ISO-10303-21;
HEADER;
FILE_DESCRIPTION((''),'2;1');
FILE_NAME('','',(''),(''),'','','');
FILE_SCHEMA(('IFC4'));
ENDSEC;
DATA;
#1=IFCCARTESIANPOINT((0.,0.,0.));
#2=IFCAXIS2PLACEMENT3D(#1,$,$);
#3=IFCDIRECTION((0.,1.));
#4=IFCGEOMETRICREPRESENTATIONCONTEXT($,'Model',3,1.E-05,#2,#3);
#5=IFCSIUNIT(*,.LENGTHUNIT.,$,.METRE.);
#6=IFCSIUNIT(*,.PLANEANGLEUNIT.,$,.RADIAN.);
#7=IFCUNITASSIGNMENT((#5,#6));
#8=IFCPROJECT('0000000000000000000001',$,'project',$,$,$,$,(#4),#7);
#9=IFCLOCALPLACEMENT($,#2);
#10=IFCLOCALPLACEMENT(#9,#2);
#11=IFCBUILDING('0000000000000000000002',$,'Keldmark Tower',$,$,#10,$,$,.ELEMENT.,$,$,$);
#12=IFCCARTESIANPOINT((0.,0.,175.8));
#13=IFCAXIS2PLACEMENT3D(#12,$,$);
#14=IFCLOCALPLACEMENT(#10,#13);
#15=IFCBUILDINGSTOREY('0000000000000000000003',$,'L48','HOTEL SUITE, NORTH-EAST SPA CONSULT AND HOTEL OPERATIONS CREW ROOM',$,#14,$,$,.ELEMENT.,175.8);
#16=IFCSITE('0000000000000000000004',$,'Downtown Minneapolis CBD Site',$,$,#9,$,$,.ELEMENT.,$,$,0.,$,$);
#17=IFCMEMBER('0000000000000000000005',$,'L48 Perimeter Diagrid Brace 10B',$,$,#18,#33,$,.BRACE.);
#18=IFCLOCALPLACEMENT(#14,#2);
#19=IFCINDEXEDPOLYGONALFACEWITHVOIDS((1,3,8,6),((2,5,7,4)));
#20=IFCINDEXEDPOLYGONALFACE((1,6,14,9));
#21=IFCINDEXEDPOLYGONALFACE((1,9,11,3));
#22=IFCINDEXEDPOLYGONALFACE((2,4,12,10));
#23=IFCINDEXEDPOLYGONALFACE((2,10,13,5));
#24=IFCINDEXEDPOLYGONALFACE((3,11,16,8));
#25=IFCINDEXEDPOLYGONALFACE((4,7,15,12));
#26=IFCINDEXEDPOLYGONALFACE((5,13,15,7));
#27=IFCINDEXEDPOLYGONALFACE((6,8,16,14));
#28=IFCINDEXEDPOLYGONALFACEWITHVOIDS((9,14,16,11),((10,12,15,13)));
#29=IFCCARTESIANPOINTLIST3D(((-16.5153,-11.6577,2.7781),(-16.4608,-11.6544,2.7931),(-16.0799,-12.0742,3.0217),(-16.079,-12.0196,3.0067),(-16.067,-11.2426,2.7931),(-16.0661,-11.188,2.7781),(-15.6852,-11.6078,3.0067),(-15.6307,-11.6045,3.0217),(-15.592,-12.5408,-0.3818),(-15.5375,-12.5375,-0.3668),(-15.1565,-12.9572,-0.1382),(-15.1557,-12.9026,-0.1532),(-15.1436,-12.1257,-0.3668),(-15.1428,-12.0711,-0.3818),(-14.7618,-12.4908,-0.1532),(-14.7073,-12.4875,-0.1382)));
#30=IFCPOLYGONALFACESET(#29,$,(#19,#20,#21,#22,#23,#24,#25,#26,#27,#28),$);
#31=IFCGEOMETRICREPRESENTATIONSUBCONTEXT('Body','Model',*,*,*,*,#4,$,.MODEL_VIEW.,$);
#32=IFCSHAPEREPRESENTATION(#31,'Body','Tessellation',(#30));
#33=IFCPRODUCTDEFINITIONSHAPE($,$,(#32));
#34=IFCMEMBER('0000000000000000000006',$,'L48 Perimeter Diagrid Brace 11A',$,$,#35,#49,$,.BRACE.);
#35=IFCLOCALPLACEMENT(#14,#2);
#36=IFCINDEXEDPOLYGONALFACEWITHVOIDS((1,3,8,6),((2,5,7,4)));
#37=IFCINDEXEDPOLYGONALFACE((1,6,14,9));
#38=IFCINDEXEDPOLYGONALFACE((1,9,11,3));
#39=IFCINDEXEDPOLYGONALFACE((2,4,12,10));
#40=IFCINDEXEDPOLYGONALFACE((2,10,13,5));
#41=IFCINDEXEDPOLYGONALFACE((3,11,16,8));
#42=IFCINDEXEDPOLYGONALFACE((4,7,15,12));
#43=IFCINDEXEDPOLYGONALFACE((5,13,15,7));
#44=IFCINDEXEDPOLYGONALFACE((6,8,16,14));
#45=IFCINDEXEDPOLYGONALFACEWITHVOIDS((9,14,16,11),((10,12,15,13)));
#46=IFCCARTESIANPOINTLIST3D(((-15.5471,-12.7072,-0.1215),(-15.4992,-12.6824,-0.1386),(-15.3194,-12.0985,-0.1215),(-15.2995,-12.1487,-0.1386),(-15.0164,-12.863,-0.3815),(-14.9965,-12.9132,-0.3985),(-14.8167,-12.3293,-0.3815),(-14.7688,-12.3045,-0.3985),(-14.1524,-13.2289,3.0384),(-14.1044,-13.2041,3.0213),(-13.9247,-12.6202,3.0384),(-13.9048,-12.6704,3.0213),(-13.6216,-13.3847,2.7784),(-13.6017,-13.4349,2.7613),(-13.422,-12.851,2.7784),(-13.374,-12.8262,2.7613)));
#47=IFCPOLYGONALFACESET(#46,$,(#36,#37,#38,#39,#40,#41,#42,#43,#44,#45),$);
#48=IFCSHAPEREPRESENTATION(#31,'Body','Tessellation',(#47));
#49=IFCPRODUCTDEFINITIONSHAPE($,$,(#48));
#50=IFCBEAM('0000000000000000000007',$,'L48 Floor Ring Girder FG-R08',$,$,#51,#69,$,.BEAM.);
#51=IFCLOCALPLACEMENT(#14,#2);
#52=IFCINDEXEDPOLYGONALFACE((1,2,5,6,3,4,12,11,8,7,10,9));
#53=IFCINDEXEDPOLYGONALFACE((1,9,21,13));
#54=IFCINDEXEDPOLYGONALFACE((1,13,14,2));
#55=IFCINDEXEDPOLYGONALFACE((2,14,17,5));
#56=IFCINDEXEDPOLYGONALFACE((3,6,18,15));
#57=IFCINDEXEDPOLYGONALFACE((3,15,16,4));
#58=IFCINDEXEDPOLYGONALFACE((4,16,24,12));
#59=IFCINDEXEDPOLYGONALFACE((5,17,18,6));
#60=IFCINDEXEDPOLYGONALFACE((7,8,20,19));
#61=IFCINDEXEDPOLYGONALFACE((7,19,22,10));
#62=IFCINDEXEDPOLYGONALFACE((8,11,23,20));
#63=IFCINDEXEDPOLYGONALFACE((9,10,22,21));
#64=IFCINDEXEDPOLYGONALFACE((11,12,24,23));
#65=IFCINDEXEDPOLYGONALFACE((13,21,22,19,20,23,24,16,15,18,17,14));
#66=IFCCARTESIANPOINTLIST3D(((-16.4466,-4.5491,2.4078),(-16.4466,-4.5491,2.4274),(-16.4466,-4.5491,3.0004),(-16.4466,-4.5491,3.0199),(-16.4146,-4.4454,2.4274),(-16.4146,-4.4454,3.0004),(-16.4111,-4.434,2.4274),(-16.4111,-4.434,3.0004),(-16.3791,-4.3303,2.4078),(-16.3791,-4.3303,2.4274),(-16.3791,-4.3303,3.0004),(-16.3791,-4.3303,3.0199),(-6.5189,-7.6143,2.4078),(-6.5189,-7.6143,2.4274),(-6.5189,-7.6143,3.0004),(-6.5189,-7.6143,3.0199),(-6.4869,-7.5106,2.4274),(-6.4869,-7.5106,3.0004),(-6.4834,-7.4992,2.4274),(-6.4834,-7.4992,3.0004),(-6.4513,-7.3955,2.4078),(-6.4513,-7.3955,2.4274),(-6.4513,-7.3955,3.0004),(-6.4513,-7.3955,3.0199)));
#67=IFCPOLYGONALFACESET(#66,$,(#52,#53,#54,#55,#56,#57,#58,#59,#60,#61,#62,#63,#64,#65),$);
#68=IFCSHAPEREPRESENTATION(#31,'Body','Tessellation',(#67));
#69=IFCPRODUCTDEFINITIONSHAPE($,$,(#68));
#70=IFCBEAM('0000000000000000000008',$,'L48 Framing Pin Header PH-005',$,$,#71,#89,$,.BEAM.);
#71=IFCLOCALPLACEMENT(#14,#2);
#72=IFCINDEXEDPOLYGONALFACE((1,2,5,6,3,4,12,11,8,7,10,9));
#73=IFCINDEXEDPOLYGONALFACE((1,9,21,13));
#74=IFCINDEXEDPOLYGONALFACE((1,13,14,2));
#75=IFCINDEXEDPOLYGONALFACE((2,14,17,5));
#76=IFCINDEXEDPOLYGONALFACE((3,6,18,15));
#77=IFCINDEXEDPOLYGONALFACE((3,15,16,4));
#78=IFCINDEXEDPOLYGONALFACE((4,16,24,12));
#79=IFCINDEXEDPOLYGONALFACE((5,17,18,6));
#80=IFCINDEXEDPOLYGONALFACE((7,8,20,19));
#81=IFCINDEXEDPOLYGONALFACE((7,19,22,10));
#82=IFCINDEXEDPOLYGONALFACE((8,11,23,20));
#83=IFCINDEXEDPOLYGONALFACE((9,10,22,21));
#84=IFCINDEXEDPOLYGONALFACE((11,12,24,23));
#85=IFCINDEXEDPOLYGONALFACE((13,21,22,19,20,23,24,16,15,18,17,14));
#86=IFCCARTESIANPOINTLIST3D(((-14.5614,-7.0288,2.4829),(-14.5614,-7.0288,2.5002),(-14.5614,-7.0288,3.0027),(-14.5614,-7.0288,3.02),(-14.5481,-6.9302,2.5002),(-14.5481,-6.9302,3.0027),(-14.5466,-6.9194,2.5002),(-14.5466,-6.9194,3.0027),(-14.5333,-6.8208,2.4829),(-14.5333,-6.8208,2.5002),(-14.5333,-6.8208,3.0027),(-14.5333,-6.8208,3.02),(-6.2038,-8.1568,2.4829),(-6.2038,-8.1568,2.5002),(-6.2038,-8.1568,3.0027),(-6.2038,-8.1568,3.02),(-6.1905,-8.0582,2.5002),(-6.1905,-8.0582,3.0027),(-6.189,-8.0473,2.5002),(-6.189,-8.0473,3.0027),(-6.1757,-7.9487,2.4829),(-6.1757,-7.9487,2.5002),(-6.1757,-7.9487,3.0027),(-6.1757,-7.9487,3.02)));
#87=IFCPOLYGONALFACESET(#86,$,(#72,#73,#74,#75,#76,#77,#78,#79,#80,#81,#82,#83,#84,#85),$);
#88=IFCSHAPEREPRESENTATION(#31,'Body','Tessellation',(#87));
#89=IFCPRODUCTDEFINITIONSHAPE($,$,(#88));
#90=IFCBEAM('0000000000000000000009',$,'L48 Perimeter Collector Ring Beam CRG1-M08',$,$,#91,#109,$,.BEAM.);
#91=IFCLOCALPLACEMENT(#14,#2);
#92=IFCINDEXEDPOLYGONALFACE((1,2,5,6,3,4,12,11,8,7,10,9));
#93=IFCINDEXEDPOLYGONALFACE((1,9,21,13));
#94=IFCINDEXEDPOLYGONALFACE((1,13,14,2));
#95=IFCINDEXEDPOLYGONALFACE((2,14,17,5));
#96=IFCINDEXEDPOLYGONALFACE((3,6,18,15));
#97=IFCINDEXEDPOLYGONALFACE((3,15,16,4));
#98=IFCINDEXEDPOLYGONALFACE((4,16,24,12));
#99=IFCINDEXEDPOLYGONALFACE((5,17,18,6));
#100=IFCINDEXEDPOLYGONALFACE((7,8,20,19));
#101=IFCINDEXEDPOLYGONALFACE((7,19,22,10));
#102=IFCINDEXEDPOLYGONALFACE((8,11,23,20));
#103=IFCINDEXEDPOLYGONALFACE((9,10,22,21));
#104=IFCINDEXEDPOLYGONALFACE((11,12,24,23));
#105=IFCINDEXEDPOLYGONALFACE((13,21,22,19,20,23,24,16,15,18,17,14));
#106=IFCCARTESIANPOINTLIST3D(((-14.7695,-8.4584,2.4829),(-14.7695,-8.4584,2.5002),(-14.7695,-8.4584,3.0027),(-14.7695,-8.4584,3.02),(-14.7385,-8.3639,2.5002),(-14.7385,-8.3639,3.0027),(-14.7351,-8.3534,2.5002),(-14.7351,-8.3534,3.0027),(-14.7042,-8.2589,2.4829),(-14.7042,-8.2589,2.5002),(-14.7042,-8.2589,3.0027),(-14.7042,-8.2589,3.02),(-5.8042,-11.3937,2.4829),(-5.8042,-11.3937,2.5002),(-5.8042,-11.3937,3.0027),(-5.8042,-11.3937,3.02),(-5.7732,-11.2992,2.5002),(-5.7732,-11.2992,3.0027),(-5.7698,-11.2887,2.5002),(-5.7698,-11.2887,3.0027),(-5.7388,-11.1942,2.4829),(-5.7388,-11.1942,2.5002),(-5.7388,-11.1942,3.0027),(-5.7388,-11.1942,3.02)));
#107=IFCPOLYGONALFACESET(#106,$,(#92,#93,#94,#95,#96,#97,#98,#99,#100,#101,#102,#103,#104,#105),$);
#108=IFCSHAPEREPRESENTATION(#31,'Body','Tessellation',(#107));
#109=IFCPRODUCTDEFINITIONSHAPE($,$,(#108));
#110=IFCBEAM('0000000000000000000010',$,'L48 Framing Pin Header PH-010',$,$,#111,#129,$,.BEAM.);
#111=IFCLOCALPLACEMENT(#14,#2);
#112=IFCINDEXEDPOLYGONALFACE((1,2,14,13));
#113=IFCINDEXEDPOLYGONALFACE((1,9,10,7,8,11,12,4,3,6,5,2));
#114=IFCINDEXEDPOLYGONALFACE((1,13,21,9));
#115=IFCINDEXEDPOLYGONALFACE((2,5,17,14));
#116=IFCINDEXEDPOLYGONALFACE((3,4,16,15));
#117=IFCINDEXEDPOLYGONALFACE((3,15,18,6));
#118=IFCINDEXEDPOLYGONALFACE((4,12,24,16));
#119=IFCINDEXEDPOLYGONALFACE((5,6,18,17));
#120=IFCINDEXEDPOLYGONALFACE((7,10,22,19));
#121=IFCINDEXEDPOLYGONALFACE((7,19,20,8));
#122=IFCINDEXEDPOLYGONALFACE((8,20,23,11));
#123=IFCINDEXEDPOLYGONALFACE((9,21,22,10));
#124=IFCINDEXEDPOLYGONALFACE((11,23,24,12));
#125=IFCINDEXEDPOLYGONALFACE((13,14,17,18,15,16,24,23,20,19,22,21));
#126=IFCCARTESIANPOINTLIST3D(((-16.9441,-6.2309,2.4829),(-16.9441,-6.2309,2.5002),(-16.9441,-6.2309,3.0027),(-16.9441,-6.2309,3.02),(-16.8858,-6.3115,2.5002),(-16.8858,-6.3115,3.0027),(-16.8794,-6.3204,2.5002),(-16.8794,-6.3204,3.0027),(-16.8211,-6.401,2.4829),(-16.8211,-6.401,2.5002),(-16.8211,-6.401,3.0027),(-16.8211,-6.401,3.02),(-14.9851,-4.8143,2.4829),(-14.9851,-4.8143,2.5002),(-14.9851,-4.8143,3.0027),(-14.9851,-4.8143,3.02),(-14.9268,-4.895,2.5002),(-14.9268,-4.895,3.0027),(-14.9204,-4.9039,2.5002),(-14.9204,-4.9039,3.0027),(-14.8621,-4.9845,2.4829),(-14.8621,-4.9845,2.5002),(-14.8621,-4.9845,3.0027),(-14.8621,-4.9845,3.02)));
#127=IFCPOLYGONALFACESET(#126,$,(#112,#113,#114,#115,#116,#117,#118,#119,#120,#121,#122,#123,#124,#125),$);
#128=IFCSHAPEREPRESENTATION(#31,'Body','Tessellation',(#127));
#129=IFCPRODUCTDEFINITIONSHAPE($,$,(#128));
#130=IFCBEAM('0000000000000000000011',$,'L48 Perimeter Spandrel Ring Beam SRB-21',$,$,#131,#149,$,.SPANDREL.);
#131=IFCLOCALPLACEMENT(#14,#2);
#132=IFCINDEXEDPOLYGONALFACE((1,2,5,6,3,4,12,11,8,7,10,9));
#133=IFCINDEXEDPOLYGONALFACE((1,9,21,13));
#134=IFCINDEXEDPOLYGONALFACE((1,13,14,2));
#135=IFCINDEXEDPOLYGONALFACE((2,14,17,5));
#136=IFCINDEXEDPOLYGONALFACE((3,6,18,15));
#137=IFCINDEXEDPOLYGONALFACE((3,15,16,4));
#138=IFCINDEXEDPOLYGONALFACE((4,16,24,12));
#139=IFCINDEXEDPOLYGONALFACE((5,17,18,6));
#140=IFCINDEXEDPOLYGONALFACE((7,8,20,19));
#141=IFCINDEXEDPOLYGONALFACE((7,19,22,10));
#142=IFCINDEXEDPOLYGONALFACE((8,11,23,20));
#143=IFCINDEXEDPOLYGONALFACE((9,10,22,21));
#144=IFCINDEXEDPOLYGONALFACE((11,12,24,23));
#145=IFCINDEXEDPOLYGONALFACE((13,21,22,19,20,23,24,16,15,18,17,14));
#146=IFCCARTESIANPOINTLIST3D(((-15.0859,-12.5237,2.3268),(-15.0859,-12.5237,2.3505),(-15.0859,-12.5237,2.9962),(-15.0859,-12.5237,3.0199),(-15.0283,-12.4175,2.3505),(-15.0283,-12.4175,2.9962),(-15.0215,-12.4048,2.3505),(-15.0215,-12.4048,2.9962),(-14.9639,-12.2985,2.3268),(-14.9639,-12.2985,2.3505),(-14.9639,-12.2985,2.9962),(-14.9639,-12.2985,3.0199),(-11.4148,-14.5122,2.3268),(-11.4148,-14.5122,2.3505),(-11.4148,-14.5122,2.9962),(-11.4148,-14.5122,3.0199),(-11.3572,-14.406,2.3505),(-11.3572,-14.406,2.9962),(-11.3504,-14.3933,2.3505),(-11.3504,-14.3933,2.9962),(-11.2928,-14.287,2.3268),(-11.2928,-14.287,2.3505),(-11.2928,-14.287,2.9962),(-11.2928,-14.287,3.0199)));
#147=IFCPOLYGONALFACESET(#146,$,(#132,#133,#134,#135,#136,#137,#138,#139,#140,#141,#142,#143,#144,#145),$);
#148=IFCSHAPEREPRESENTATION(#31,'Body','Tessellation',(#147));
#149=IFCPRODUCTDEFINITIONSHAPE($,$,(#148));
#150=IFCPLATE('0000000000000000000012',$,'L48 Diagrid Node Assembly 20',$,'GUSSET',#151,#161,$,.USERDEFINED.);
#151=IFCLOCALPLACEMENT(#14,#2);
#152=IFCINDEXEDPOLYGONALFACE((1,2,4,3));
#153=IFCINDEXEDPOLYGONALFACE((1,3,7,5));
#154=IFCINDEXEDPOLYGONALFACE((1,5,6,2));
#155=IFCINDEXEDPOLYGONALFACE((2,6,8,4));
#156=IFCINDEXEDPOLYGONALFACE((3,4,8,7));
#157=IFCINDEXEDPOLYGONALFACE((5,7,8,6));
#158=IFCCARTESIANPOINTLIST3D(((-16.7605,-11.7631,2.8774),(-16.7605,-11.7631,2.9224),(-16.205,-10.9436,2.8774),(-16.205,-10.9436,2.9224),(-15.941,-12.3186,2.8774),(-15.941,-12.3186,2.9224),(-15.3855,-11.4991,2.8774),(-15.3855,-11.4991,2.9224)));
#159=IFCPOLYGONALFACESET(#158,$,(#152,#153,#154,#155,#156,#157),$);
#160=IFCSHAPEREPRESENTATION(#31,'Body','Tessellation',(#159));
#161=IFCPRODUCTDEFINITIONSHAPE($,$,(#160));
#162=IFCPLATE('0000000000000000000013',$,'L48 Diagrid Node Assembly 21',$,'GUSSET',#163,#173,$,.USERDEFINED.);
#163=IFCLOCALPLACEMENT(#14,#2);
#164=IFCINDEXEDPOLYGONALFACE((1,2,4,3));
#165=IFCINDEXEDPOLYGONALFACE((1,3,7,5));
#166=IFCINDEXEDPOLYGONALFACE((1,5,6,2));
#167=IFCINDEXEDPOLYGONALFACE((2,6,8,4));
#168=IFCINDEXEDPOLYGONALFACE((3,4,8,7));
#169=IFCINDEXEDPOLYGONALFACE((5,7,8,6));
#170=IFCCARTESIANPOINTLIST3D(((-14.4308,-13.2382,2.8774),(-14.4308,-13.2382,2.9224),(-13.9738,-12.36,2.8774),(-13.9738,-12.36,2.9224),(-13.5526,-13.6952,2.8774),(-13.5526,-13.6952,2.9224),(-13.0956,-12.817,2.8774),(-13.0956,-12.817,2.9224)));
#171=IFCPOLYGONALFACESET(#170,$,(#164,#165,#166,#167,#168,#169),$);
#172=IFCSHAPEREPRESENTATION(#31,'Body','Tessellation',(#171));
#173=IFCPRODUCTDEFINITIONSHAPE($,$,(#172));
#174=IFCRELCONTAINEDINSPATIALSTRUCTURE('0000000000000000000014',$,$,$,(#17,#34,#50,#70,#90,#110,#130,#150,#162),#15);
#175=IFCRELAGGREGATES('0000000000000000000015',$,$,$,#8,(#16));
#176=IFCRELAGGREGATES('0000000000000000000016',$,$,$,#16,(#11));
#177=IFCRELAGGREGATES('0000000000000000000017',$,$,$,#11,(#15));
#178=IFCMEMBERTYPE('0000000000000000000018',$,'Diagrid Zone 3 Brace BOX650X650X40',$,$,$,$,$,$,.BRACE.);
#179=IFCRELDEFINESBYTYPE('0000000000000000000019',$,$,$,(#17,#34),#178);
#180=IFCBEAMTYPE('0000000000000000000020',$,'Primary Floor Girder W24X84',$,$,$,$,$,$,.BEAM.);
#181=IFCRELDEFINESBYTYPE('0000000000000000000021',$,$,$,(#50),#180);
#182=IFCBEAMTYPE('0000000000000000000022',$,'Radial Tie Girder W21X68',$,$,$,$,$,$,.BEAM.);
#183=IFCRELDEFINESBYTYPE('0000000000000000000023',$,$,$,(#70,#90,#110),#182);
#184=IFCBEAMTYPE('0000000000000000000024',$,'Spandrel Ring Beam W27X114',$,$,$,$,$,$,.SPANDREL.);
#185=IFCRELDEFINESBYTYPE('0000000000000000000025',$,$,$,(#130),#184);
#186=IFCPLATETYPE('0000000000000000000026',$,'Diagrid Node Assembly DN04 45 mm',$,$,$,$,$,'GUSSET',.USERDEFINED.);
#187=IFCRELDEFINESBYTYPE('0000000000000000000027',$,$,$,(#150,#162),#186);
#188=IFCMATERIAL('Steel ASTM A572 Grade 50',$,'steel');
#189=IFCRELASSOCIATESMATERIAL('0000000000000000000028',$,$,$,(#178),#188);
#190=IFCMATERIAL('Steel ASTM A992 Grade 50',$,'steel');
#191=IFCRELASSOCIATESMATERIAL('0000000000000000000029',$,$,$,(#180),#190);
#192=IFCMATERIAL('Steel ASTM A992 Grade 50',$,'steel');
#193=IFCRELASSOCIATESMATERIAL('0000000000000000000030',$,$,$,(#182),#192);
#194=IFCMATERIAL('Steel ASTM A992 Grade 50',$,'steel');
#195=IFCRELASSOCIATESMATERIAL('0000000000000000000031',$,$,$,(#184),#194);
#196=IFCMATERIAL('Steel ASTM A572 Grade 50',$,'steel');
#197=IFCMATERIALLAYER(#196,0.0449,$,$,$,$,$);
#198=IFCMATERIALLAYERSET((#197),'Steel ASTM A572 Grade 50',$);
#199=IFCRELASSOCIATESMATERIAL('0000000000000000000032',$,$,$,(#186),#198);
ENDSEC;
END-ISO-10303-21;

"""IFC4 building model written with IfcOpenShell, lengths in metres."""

from ifc_helpers import new_model, si_unit, direction, frame, origin, origin_2d, place, context, subcontext, project, spatial, rectangle, hollow_rectangle, i_section, extrude, material, layer, layer_set, material_profile, profile_set, type_object, element, save


model = new_model("IFC4")

# Units and contexts
model_context = context("Model", 3, precision=1e-05, world=origin(), true_north=direction((0.0, 1.0)))
body_context = subcontext(model_context, "Body", "Model", "MODEL_VIEW")
ifc_project = project(units=[si_unit("LENGTHUNIT", "METRE"), si_unit("PLANEANGLEUNIT", "RADIAN")], contexts=[model_context])

# Site, building, storey
site_placement = place(None, origin())
site = spatial("IfcSite", under=ifc_project, at=site_placement, Name="Downtown Minneapolis CBD Site", CompositionType="ELEMENT", RefElevation=0.0)
building_placement = place(site_placement, origin())
building = spatial("IfcBuilding", under=site, at=building_placement, Name="Keldmark Tower", CompositionType="ELEMENT")
storey_placement = place(building_placement, frame((0.0, 0.0, 175.8)))
storey = spatial("IfcBuildingStorey", under=building, at=storey_placement, Name="L48", Description="HOTEL SUITE, NORTH-EAST SPA CONSULT AND HOTEL OPERATIONS CREW ROOM", CompositionType="ELEMENT", Elevation=175.8)

# Members
ifc_material_1 = material(Name="Steel ASTM A572 Grade 50", Category="steel")
ifc_material_profile_1 = material_profile(ifc_material_1, hollow_rectangle(XDim=0.6499, YDim=0.6499, WallThickness=0.04, at=origin_2d()), Name="BOX650X650X40")
ifc_profile_set_1 = profile_set([ifc_material_profile_1], Name="Steel ASTM A572 Grade 50")
member_type = type_object("IfcMemberType", Name="Diagrid Zone 3 Brace BOX650X650X40", PredefinedType="BRACE", material=ifc_profile_set_1)
member_1_placement = place(storey_placement, frame((-15.1497, -12.5142, -0.26), z_axis=(-0.270899, 0.25908, 0.927087), x_axis=(-0.691166, -0.722696, 0.0)))
element("IfcMember", 1, at=member_1_placement, inside=storey, type_object=member_type, Name="L48 Perimeter Diagrid Brace 10B", PredefinedType="BRACE", context=body_context, shape_type="SweptSolid", body=[
    extrude(hollow_rectangle(XDim=0.6499, YDim=0.6499, WallThickness=0.04, at=origin_2d()), origin(), (0.0, 0.0, 1.0), 3.4084),
])
member_2_placement = place(storey_placement, frame((-15.158, -12.5059, -0.26), z_axis=(0.39928, -0.149354, 0.904582), x_axis=(0.350351, 0.936619, 0.0)))
element("IfcMember", 2, at=member_2_placement, inside=storey, type_object=member_type, Name="L48 Perimeter Diagrid Brace 11A", PredefinedType="BRACE", context=body_context, shape_type="SweptSolid", body=[
    extrude(hollow_rectangle(XDim=0.6499, YDim=0.6499, WallThickness=0.04, at=origin_2d()), origin(), (0.0, 0.0, 1.0), 3.4932),
])

# Beams
ifc_material_2 = material(Name="Steel ASTM A992 Grade 50", Category="steel")
ifc_material_profile_2 = material_profile(ifc_material_2, i_section(OverallWidth=0.229, OverallDepth=0.6121, WebThickness=0.012, FlangeThickness=0.0195, at=origin_2d()), Name="W24X84")
ifc_profile_set_2 = profile_set([ifc_material_profile_2], Name="Steel ASTM A992 Grade 50")
beam_type_1 = type_object("IfcBeamType", Name="Primary Floor Girder W24X84", PredefinedType="BEAM", material=ifc_profile_set_2)
beam_1_placement = place(storey_placement, frame((-16.4128, -4.4397, 2.7139), z_axis=(0.955495, -0.295009, 0.0), x_axis=(0.295009, 0.955495, 0.0)))
element("IfcBeam", 3, at=beam_1_placement, inside=storey, type_object=beam_type_1, Name="L48 Floor Ring Girder FG-R08", PredefinedType="BEAM", context=body_context, shape_type="SweptSolid", body=[
    extrude(i_section(OverallWidth=0.229, OverallDepth=0.6121, WebThickness=0.012, FlangeThickness=0.0195, at=origin_2d()), origin(), (0.0, 0.0, 1.0), 10.3901),
])
ifc_material_3 = material(Name="Steel ASTM A992 Grade 50", Category="steel")
ifc_material_profile_3 = material_profile(ifc_material_3, i_section(OverallWidth=0.21, OverallDepth=0.5371, WebThickness=0.011, FlangeThickness=0.0173, at=origin_2d()), Name="W21X68")
ifc_profile_set_3 = profile_set([ifc_material_profile_3], Name="Steel ASTM A992 Grade 50")
beam_type_2 = type_object("IfcBeamType", Name="Radial Tie Girder W21X68", PredefinedType="BEAM", material=ifc_profile_set_3)
beam_2_placement = place(storey_placement, frame((-14.5474, -6.9248, 2.7515), z_axis=(0.991016, -0.133745, 0.0), x_axis=(0.133745, 0.991016, 0.0)))
element("IfcBeam", 4, at=beam_2_placement, inside=storey, type_object=beam_type_2, Name="L48 Framing Pin Header PH-005", PredefinedType="BEAM", context=body_context, shape_type="SweptSolid", body=[
    extrude(i_section(OverallWidth=0.21, OverallDepth=0.5371, WebThickness=0.011, FlangeThickness=0.0173, at=origin_2d()), origin(), (0.0, 0.0, 1.0), 8.4333),
])
beam_3_placement = place(storey_placement, frame((-14.7368, -8.3586, 2.7515), z_axis=(0.95036, -0.311153, 0.0), x_axis=(0.311153, 0.95036, 0.0)))
element("IfcBeam", 5, at=beam_3_placement, inside=storey, type_object=beam_type_2, Name="L48 Perimeter Collector Ring Beam CRG1-M08", PredefinedType="BEAM", context=body_context, shape_type="SweptSolid", body=[
    extrude(i_section(OverallWidth=0.21, OverallDepth=0.5371, WebThickness=0.011, FlangeThickness=0.0173, at=origin_2d()), origin(), (0.0, 0.0, 1.0), 9.4336),
])
beam_4_placement = place(storey_placement, frame((-14.9236, -4.8994, 2.7515), z_axis=(-0.810349, -0.585948, 0.0), x_axis=(0.585948, -0.810349, 0.0)))
element("IfcBeam", 6, at=beam_4_placement, inside=storey, type_object=beam_type_2, Name="L48 Framing Pin Header PH-010", PredefinedType="BEAM", context=body_context, shape_type="SweptSolid", body=[
    extrude(i_section(OverallWidth=0.21, OverallDepth=0.5371, WebThickness=0.011, FlangeThickness=0.0173, at=origin_2d()), origin(), (0.0, 0.0, 1.0), 2.4175),
])
ifc_material_4 = material(Name="Steel ASTM A992 Grade 50", Category="steel")
ifc_material_profile_4 = material_profile(ifc_material_4, i_section(OverallWidth=0.2561, OverallDepth=0.6931, WebThickness=0.0144, FlangeThickness=0.0237, at=origin_2d()), Name="W27X114")
ifc_profile_set_4 = profile_set([ifc_material_profile_4], Name="Steel ASTM A992 Grade 50")
beam_type_3 = type_object("IfcBeamType", Name="Spandrel Ring Beam W27X114", PredefinedType="SPANDREL", material=ifc_profile_set_4)
beam_5_placement = place(storey_placement, frame((-15.0249, -12.4111, 2.6733), z_axis=(0.879293, -0.476281, 0.0), x_axis=(0.476281, 0.879293, 0.0)))
element("IfcBeam", 7, at=beam_5_placement, inside=storey, type_object=beam_type_3, Name="L48 Perimeter Spandrel Ring Beam SRB-21", PredefinedType="SPANDREL", context=body_context, shape_type="SweptSolid", body=[
    extrude(i_section(OverallWidth=0.2561, OverallDepth=0.6931, WebThickness=0.0144, FlangeThickness=0.0237, at=origin_2d()), origin(), (0.0, 0.0, 1.0), 4.175),
])

# Plates
ifc_material_5 = material(Name="Steel ASTM A572 Grade 50", Category="steel")
ifc_layer_1 = layer(ifc_material_5, 0.0449)
ifc_layer_set_1 = layer_set([ifc_layer_1], Name="Steel ASTM A572 Grade 50")
plate_type = type_object("IfcPlateType", Name="Diagrid Node Assembly DN04 45 mm", ElementType="GUSSET", PredefinedType="USERDEFINED", material=ifc_layer_set_1)
for number, where, z_axis, x_axis, name in (
    (8, (-16.073, -11.6311, 2.8774), (0.0, 0.0, 1.0), (0.827767, -0.561072, 0.0), "L48 Diagrid Node Assembly 20"),
    (9, (-13.7632, -13.0276, 2.8774), (0.0, 0.0, 1.0), (0.887091, -0.461594, 0.0), "L48 Diagrid Node Assembly 21"),
):
    element("IfcPlate", number, at=place(storey_placement, frame(where, z_axis=z_axis, x_axis=x_axis)), inside=storey, type_object=plate_type, Name=name, ObjectType="GUSSET", PredefinedType="USERDEFINED", context=body_context, shape_type="SweptSolid", body=[
        extrude(rectangle(XDim=0.99, YDim=0.99, at=origin_2d()), origin(), (0.0, 0.0, 1.0), 0.0449),
    ])

save(model, "model.ifc")
